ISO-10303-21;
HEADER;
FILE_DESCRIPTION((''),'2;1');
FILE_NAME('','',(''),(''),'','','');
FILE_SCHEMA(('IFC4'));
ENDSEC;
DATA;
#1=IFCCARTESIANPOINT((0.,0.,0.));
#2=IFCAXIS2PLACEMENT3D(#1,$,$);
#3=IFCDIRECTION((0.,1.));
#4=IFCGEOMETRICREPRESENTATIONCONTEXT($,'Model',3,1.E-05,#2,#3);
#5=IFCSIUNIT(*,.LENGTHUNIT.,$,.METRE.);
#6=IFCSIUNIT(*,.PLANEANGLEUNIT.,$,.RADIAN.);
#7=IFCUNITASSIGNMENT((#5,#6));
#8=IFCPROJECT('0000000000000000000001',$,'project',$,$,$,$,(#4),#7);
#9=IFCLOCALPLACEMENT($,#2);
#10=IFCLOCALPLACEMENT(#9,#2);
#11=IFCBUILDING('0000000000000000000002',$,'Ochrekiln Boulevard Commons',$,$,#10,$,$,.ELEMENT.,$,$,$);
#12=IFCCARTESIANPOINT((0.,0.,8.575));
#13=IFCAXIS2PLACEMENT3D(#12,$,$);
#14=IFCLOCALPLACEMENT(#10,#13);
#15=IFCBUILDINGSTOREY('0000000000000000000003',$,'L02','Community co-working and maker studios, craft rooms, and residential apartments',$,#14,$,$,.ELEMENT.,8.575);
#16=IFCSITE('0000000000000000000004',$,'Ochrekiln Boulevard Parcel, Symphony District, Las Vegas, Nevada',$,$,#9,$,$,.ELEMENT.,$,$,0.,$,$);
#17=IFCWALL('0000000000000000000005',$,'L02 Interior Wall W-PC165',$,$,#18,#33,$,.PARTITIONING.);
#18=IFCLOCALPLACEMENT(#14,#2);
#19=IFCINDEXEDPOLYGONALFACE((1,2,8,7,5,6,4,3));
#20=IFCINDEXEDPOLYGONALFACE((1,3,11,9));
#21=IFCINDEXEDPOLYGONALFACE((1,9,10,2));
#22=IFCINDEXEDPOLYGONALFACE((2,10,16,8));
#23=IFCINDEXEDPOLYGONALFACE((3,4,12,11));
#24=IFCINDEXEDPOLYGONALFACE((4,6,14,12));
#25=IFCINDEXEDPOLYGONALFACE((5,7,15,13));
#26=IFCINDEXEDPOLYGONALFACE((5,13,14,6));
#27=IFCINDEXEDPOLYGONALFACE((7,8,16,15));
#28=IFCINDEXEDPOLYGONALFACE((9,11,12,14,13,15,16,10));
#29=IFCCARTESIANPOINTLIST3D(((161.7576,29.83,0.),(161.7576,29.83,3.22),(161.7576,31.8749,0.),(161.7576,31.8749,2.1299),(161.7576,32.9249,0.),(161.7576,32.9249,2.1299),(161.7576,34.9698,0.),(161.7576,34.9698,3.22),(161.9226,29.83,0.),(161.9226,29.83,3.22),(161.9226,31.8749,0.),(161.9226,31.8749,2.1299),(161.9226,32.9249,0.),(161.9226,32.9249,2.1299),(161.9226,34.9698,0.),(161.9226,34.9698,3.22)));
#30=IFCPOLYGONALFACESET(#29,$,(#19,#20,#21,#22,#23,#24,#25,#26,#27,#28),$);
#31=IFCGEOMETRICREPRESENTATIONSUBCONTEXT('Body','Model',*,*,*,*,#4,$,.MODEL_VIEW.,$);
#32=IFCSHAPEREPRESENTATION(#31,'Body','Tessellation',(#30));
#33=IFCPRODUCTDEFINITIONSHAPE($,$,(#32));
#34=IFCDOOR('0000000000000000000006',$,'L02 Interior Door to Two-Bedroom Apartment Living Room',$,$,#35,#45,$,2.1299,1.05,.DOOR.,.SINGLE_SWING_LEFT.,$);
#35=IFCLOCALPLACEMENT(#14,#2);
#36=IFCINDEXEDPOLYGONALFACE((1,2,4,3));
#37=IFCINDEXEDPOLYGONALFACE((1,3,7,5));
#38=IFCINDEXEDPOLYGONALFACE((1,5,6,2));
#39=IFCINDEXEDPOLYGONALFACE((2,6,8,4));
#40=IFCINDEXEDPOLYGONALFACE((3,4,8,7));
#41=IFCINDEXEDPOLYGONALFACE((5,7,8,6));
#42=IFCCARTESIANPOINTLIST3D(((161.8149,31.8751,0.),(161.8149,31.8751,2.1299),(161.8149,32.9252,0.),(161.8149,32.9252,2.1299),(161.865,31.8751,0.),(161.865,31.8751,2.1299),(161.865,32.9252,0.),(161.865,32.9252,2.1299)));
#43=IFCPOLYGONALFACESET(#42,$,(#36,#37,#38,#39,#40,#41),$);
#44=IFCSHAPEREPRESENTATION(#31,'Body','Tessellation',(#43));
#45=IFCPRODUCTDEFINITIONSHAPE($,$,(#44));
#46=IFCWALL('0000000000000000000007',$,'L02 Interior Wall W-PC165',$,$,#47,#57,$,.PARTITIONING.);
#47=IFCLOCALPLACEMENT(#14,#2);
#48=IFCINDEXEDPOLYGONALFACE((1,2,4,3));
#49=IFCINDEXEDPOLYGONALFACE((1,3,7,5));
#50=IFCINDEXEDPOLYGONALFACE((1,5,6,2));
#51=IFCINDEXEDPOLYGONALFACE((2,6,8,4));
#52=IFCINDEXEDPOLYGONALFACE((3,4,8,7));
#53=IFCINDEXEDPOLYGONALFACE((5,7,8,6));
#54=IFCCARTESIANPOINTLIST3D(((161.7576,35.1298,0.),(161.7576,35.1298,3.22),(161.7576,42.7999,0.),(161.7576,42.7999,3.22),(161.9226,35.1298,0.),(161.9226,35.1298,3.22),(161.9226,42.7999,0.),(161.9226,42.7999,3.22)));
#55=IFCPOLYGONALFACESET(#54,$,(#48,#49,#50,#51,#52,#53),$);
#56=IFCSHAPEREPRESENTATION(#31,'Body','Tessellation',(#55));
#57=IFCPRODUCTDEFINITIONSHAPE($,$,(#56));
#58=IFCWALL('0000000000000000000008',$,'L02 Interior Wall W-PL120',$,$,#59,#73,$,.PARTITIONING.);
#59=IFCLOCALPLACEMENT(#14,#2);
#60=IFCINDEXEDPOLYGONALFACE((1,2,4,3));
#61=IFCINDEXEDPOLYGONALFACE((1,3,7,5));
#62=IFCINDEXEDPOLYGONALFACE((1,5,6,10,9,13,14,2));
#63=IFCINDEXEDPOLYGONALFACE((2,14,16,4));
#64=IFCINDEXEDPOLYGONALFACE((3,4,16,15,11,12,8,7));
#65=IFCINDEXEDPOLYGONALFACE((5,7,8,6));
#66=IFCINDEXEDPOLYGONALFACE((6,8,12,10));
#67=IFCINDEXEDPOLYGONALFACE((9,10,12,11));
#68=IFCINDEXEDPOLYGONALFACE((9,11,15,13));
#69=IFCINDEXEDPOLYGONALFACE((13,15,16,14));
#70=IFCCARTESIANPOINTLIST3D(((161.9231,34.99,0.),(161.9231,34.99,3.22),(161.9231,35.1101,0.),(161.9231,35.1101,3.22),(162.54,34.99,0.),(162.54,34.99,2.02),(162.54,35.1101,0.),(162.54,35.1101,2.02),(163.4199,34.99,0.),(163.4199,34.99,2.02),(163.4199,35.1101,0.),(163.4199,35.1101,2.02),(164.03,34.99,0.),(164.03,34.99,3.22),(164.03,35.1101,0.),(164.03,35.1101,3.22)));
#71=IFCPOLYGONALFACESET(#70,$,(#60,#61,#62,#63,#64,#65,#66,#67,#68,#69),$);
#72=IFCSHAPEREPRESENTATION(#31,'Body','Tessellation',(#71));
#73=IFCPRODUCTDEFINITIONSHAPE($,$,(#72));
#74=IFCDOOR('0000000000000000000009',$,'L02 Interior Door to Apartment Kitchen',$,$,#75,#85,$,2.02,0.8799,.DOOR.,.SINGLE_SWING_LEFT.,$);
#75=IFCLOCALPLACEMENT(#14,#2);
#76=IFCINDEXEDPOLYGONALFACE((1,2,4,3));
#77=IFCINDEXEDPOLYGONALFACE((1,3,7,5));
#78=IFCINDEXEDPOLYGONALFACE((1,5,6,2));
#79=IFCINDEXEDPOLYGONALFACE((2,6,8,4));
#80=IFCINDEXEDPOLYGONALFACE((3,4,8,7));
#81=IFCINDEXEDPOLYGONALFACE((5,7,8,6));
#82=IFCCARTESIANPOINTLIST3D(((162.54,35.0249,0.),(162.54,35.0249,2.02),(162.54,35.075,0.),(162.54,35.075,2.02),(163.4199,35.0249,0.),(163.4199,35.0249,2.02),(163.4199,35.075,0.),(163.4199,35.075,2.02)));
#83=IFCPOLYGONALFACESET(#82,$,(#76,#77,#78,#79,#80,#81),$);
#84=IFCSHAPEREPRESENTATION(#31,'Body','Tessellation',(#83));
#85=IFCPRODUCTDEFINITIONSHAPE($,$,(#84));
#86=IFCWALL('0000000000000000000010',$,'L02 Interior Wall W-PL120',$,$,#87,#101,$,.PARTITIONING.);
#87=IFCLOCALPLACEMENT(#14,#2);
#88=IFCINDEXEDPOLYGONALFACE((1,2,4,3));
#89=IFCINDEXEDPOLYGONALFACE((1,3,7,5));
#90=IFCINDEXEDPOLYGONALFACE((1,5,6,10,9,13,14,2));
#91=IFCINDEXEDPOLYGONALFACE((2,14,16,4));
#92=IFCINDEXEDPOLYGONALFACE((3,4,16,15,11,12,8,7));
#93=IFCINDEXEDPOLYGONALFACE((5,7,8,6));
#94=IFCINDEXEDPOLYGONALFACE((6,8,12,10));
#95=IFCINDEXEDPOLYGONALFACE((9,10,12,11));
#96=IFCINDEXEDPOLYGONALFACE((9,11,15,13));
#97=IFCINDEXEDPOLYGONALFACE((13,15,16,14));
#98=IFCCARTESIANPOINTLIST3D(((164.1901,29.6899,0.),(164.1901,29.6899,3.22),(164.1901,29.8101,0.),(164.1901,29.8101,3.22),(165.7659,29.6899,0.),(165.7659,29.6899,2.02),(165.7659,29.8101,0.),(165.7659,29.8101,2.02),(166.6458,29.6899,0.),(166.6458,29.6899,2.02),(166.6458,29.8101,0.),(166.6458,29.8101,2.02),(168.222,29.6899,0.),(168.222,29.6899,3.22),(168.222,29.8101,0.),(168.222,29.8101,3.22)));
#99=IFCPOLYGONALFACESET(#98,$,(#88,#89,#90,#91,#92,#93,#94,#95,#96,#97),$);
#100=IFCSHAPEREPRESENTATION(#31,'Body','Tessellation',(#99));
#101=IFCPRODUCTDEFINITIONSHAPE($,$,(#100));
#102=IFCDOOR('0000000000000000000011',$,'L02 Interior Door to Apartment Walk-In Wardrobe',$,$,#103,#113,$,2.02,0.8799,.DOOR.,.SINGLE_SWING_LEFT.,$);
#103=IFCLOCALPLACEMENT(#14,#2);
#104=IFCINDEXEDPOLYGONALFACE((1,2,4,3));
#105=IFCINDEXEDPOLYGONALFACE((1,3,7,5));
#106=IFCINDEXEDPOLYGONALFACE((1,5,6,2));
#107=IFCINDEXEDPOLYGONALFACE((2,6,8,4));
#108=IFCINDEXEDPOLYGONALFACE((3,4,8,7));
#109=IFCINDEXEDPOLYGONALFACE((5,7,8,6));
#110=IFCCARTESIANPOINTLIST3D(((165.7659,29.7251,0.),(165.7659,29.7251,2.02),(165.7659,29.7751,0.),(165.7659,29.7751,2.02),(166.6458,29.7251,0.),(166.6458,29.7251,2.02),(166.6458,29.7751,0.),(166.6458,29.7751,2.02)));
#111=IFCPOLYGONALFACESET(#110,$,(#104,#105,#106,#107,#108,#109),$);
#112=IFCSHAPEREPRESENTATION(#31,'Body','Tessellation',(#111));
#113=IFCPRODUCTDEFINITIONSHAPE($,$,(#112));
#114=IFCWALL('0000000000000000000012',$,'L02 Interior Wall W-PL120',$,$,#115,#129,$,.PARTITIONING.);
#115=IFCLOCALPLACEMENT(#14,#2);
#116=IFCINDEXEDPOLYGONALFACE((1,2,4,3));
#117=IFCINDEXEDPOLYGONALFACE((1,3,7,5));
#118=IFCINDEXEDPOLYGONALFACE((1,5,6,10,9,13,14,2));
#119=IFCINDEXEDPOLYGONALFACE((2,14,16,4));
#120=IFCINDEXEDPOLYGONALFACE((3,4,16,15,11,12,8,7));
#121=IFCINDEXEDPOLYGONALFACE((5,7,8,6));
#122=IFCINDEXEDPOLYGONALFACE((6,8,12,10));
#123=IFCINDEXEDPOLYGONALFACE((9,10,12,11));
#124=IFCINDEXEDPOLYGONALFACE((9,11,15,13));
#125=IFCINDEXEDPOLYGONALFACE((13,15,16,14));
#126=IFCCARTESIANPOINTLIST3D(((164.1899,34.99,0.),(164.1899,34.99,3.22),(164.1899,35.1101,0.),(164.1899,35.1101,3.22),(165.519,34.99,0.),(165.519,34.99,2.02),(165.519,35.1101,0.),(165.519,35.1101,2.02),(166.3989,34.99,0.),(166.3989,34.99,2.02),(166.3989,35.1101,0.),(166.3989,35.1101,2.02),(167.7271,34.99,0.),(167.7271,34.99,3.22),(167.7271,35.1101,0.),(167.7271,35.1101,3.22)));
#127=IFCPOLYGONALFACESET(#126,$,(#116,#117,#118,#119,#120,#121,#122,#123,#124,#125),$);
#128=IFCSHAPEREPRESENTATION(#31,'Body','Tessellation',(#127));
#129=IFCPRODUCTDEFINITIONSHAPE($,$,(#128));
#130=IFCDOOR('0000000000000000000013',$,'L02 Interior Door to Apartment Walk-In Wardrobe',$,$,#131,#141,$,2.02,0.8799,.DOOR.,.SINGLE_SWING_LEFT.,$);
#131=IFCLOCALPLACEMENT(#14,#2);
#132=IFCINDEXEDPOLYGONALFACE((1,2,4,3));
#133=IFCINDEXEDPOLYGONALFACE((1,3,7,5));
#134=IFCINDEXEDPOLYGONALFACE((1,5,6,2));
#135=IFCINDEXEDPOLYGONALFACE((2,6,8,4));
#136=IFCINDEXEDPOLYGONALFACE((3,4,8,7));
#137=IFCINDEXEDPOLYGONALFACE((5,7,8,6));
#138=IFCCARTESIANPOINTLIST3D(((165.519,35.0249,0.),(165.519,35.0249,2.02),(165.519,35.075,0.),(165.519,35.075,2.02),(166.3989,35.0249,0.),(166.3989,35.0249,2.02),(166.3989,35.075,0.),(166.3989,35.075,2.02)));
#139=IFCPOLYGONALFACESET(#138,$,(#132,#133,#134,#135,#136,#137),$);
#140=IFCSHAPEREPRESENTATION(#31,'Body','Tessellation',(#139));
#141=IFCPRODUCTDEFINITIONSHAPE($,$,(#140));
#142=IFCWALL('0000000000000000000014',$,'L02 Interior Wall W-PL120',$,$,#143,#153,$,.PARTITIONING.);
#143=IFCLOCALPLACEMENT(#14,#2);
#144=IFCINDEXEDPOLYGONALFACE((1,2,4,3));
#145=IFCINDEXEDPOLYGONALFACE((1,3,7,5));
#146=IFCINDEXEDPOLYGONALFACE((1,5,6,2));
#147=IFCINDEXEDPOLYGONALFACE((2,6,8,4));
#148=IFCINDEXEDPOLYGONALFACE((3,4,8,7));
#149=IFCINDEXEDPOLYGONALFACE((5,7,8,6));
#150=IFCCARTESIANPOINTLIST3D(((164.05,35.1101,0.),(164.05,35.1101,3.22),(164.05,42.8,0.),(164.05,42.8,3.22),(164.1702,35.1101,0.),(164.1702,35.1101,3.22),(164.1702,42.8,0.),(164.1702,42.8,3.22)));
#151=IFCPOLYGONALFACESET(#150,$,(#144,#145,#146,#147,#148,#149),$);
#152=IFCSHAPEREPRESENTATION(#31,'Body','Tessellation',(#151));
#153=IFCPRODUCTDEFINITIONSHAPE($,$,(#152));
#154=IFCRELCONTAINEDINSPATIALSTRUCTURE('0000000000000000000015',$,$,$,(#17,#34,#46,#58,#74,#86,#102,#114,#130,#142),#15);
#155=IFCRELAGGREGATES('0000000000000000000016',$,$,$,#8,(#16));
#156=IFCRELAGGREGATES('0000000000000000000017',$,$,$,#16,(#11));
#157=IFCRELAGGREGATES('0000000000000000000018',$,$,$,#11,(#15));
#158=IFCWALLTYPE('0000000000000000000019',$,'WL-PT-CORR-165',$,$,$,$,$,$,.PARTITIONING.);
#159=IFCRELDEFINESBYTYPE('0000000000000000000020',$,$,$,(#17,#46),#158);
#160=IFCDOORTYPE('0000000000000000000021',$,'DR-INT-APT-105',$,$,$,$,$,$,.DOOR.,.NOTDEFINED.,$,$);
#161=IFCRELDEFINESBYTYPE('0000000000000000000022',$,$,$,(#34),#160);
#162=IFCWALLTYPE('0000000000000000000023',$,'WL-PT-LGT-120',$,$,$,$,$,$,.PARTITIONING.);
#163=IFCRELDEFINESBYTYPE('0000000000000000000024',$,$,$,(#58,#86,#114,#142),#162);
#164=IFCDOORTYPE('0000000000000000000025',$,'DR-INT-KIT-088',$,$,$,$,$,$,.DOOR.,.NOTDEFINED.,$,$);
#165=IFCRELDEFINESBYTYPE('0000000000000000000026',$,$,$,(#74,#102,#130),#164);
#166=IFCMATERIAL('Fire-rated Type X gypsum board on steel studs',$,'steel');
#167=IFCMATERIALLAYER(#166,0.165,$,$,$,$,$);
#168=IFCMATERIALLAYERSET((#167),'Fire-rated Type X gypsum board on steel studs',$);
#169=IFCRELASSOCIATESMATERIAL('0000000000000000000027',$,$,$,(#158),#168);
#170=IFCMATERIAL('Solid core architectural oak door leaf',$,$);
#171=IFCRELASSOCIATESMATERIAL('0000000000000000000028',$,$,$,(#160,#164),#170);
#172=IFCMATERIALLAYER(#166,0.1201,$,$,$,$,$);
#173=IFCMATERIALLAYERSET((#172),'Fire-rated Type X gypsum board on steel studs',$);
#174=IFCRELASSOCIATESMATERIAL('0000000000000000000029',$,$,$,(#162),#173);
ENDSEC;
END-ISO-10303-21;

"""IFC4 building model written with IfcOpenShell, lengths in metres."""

from ifc_helpers import new_model, si_unit, direction, frame, frame_2d, origin, place, context, subcontext, project, spatial, rectangle, extrude, material, layer, layer_set, type_object, element, fill, save


model = new_model("IFC4")

# Units and contexts
model_context = context("Model", 3, precision=1e-05, world=origin(), true_north=direction((0.0, 1.0)))
body_context = subcontext(model_context, "Body", "Model", "MODEL_VIEW")
ifc_project = project(units=[si_unit("LENGTHUNIT", "METRE"), si_unit("PLANEANGLEUNIT", "RADIAN")], contexts=[model_context])

# Site, building, storey
site_placement = place(None, origin())
site = spatial("IfcSite", under=ifc_project, at=site_placement, Name="Ochrekiln Boulevard Parcel, Symphony District, Las Vegas, Nevada", CompositionType="ELEMENT", RefElevation=0.0)
building_placement = place(site_placement, origin())
building = spatial("IfcBuilding", under=site, at=building_placement, Name="Ochrekiln Boulevard Commons", CompositionType="ELEMENT")
storey_placement = place(building_placement, frame((0.0, 0.0, 8.575)))
storey = spatial("IfcBuildingStorey", under=building, at=storey_placement, Name="L02", Description="Community co-working and maker studios, craft rooms, and residential apartments", CompositionType="ELEMENT", Elevation=8.575)

# Shared definitions
ifc_material_1 = material(Name="Solid core architectural oak door leaf")
ifc_material_2 = material(Name="Fire-rated Type X gypsum board on steel studs", Category="steel")
ifc_layer_1 = layer(ifc_material_2, 0.165)
ifc_layer_set_1 = layer_set([ifc_layer_1], Name="Fire-rated Type X gypsum board on steel studs")
wall_type_1 = type_object("IfcWallType", Name="WL-PT-CORR-165", PredefinedType="PARTITIONING", material=ifc_layer_set_1)
door_type_1 = type_object("IfcDoorType", Name="DR-INT-APT-105", OperationType="NOTDEFINED", PredefinedType="DOOR", material=ifc_material_1)

# Wall, opening, door
wall_1_placement = place(storey_placement, frame((161.8401, 29.8301, 0.0), z_axis=(0.0, 0.0, 1.0), x_axis=(0.0, 1.0, 0.0)))
wall_1 = element("IfcWall", 1, at=wall_1_placement, inside=storey, type_object=wall_type_1, Name="L02 Interior Wall W-PC165", PredefinedType="PARTITIONING", context=body_context, shape_type="SweptSolid", body=[
    extrude(rectangle(XDim=5.1399, YDim=0.165, at=frame_2d((2.5698, 0.0))), origin(), (0.0, 0.0, 1.0), 3.22),
])
opening_1_placement = place(wall_1_placement, frame((2.0449, 0.0, 0.0)))
opening_1 = element("IfcOpeningElement", 2, at=opening_1_placement, cuts=wall_1, PredefinedType="OPENING", context=body_context, shape_type="SweptSolid", body=[
    extrude(rectangle(XDim=1.05, YDim=2.1299, at=frame_2d((0.5249, 1.0649))), frame((0.0, 0.0925, 0.0), z_axis=(0.0, -1.0, 0.0), x_axis=(1.0, 0.0, 0.0)), (0.0, 0.0, 1.0), 0.1851),
])
door_1_placement = place(opening_1_placement, frame((1.05, 0.0, 0.0), z_axis=(0.0, 0.0, 1.0), x_axis=(-1.0, 0.0, 0.0)))
door_1 = element("IfcDoor", 3, at=door_1_placement, inside=storey, type_object=door_type_1, Name="L02 Interior Door to Two-Bedroom Apartment Living Room", OperationType="SINGLE_SWING_LEFT", OverallHeight=2.1299, OverallWidth=1.05, PredefinedType="DOOR", context=body_context, shape_type="SweptSolid", body=[
    extrude(rectangle(XDim=1.05, YDim=2.1299, at=frame_2d((0.5249, 1.0649))), frame((0.0, 0.0249, 0.0), z_axis=(0.0, -1.0, 0.0), x_axis=(1.0, 0.0, 0.0)), (0.0, 0.0, 1.0), 0.05),
])
fill(opening_1, door_1)

# Wall
wall_2_placement = place(storey_placement, frame((161.8401, 35.1299, 0.0), z_axis=(0.0, 0.0, 1.0), x_axis=(0.0, 1.0, 0.0)))
element("IfcWall", 4, at=wall_2_placement, inside=storey, type_object=wall_type_1, Name="L02 Interior Wall W-PC165", PredefinedType="PARTITIONING", context=body_context, shape_type="SweptSolid", body=[
    extrude(rectangle(XDim=7.6702, YDim=0.165, at=frame_2d((3.835, 0.0))), origin(), (0.0, 0.0, 1.0), 3.22),
])

# Walls, openings, doors
ifc_layer_2 = layer(ifc_material_2, 0.1201)
ifc_layer_set_2 = layer_set([ifc_layer_2], Name="Fire-rated Type X gypsum board on steel studs")
wall_type_2 = type_object("IfcWallType", Name="WL-PT-LGT-120", PredefinedType="PARTITIONING", material=ifc_layer_set_2)
wall_3_placement = place(storey_placement, frame((161.9231, 35.05, 0.0), z_axis=(0.0, 0.0, 1.0), x_axis=(1.0, 0.0, 0.0)))
wall_3 = element("IfcWall", 5, at=wall_3_placement, inside=storey, type_object=wall_type_2, Name="L02 Interior Wall W-PL120", PredefinedType="PARTITIONING", context=body_context, shape_type="SweptSolid", body=[
    extrude(rectangle(XDim=2.1069, YDim=0.1201, at=frame_2d((1.0535, 0.0))), origin(), (0.0, 0.0, 1.0), 3.22),
])
opening_2_placement = place(wall_3_placement, frame((0.6169, 0.0, 0.0)))
opening_2 = element("IfcOpeningElement", 6, at=opening_2_placement, cuts=wall_3, PredefinedType="OPENING", context=body_context, shape_type="SweptSolid", body=[
    extrude(rectangle(XDim=0.8799, YDim=2.02, at=frame_2d((0.4399, 1.01))), frame((0.0, 0.0701, 0.0), z_axis=(0.0, -1.0, 0.0), x_axis=(1.0, 0.0, 0.0)), (0.0, 0.0, 1.0), 0.1401),
])
door_type_2 = type_object("IfcDoorType", Name="DR-INT-KIT-088", OperationType="NOTDEFINED", PredefinedType="DOOR", material=ifc_material_1)
door_2_placement = place(opening_2_placement, origin())
door_2 = element("IfcDoor", 7, at=door_2_placement, inside=storey, type_object=door_type_2, Name="L02 Interior Door to Apartment Kitchen", OperationType="SINGLE_SWING_LEFT", OverallHeight=2.02, OverallWidth=0.8799, PredefinedType="DOOR", context=body_context, shape_type="SweptSolid", body=[
    extrude(rectangle(XDim=0.8799, YDim=2.02, at=frame_2d((0.4399, 1.01))), frame((0.0, 0.0249, 0.0), z_axis=(0.0, -1.0, 0.0), x_axis=(1.0, 0.0, 0.0)), (0.0, 0.0, 1.0), 0.05),
])
fill(opening_2, door_2)
wall_4_placement = place(storey_placement, frame((164.1899, 29.75, 0.0), z_axis=(0.0, 0.0, 1.0), x_axis=(1.0, 0.0, 0.0)))
wall_4 = element("IfcWall", 8, at=wall_4_placement, inside=storey, type_object=wall_type_2, Name="L02 Interior Wall W-PL120", PredefinedType="PARTITIONING", context=body_context, shape_type="SweptSolid", body=[
    extrude(rectangle(XDim=4.032, YDim=0.1201, at=frame_2d((2.0161, 0.0))), origin(), (0.0, 0.0, 1.0), 3.22),
])
opening_3_placement = place(wall_4_placement, frame((1.5759, 0.0, 0.0)))
opening_3 = element("IfcOpeningElement", 9, at=opening_3_placement, cuts=wall_4, PredefinedType="OPENING", context=body_context, shape_type="SweptSolid", body=[
    extrude(rectangle(XDim=0.8799, YDim=2.02, at=frame_2d((0.4399, 1.01))), frame((0.0, 0.0701, 0.0), z_axis=(0.0, -1.0, 0.0), x_axis=(1.0, 0.0, 0.0)), (0.0, 0.0, 1.0), 0.1401),
])
door_3_placement = place(opening_3_placement, frame((0.8799, 0.0, 0.0), z_axis=(0.0, 0.0, 1.0), x_axis=(-1.0, 0.0, 0.0)))
door_3 = element("IfcDoor", 10, at=door_3_placement, inside=storey, type_object=door_type_2, Name="L02 Interior Door to Apartment Walk-In Wardrobe", OperationType="SINGLE_SWING_LEFT", OverallHeight=2.02, OverallWidth=0.8799, PredefinedType="DOOR", context=body_context, shape_type="SweptSolid", body=[
    extrude(rectangle(XDim=0.8799, YDim=2.02, at=frame_2d((0.4399, 1.01))), frame((0.0, 0.0249, 0.0), z_axis=(0.0, -1.0, 0.0), x_axis=(1.0, 0.0, 0.0)), (0.0, 0.0, 1.0), 0.05),
])
fill(opening_3, door_3)
wall_5_placement = place(storey_placement, frame((164.1899, 35.05, 0.0), z_axis=(0.0, 0.0, 1.0), x_axis=(1.0, 0.0, 0.0)))
wall_5 = element("IfcWall", 11, at=wall_5_placement, inside=storey, type_object=wall_type_2, Name="L02 Interior Wall W-PL120", PredefinedType="PARTITIONING", context=body_context, shape_type="SweptSolid", body=[
    extrude(rectangle(XDim=3.5371, YDim=0.1201, at=frame_2d((1.7686, 0.0))), origin(), (0.0, 0.0, 1.0), 3.22),
])
opening_4_placement = place(wall_5_placement, frame((1.3291, 0.0, 0.0)))
opening_4 = element("IfcOpeningElement", 12, at=opening_4_placement, cuts=wall_5, PredefinedType="OPENING", context=body_context, shape_type="SweptSolid", body=[
    extrude(rectangle(XDim=0.8799, YDim=2.02, at=frame_2d((0.4399, 1.01))), frame((0.0, 0.0701, 0.0), z_axis=(0.0, -1.0, 0.0), x_axis=(1.0, 0.0, 0.0)), (0.0, 0.0, 1.0), 0.1401),
])
door_4_placement = place(opening_4_placement, origin())
door_4 = element("IfcDoor", 13, at=door_4_placement, inside=storey, type_object=door_type_2, Name="L02 Interior Door to Apartment Walk-In Wardrobe", OperationType="SINGLE_SWING_LEFT", OverallHeight=2.02, OverallWidth=0.8799, PredefinedType="DOOR", context=body_context, shape_type="SweptSolid", body=[
    extrude(rectangle(XDim=0.8799, YDim=2.02, at=frame_2d((0.4399, 1.01))), frame((0.0, 0.0249, 0.0), z_axis=(0.0, -1.0, 0.0), x_axis=(1.0, 0.0, 0.0)), (0.0, 0.0, 1.0), 0.05),
])
fill(opening_4, door_4)

# Wall
wall_6_placement = place(storey_placement, frame((164.1101, 35.1101, 0.0), z_axis=(0.0, 0.0, 1.0), x_axis=(0.0, 1.0, 0.0)))
element("IfcWall", 14, at=wall_6_placement, inside=storey, type_object=wall_type_2, Name="L02 Interior Wall W-PL120", PredefinedType="PARTITIONING", context=body_context, shape_type="SweptSolid", body=[
    extrude(rectangle(XDim=7.6899, YDim=0.1201, at=frame_2d((3.845, 0.0))), origin(), (0.0, 0.0, 1.0), 3.22),
])

save(model, "model.ifc")
